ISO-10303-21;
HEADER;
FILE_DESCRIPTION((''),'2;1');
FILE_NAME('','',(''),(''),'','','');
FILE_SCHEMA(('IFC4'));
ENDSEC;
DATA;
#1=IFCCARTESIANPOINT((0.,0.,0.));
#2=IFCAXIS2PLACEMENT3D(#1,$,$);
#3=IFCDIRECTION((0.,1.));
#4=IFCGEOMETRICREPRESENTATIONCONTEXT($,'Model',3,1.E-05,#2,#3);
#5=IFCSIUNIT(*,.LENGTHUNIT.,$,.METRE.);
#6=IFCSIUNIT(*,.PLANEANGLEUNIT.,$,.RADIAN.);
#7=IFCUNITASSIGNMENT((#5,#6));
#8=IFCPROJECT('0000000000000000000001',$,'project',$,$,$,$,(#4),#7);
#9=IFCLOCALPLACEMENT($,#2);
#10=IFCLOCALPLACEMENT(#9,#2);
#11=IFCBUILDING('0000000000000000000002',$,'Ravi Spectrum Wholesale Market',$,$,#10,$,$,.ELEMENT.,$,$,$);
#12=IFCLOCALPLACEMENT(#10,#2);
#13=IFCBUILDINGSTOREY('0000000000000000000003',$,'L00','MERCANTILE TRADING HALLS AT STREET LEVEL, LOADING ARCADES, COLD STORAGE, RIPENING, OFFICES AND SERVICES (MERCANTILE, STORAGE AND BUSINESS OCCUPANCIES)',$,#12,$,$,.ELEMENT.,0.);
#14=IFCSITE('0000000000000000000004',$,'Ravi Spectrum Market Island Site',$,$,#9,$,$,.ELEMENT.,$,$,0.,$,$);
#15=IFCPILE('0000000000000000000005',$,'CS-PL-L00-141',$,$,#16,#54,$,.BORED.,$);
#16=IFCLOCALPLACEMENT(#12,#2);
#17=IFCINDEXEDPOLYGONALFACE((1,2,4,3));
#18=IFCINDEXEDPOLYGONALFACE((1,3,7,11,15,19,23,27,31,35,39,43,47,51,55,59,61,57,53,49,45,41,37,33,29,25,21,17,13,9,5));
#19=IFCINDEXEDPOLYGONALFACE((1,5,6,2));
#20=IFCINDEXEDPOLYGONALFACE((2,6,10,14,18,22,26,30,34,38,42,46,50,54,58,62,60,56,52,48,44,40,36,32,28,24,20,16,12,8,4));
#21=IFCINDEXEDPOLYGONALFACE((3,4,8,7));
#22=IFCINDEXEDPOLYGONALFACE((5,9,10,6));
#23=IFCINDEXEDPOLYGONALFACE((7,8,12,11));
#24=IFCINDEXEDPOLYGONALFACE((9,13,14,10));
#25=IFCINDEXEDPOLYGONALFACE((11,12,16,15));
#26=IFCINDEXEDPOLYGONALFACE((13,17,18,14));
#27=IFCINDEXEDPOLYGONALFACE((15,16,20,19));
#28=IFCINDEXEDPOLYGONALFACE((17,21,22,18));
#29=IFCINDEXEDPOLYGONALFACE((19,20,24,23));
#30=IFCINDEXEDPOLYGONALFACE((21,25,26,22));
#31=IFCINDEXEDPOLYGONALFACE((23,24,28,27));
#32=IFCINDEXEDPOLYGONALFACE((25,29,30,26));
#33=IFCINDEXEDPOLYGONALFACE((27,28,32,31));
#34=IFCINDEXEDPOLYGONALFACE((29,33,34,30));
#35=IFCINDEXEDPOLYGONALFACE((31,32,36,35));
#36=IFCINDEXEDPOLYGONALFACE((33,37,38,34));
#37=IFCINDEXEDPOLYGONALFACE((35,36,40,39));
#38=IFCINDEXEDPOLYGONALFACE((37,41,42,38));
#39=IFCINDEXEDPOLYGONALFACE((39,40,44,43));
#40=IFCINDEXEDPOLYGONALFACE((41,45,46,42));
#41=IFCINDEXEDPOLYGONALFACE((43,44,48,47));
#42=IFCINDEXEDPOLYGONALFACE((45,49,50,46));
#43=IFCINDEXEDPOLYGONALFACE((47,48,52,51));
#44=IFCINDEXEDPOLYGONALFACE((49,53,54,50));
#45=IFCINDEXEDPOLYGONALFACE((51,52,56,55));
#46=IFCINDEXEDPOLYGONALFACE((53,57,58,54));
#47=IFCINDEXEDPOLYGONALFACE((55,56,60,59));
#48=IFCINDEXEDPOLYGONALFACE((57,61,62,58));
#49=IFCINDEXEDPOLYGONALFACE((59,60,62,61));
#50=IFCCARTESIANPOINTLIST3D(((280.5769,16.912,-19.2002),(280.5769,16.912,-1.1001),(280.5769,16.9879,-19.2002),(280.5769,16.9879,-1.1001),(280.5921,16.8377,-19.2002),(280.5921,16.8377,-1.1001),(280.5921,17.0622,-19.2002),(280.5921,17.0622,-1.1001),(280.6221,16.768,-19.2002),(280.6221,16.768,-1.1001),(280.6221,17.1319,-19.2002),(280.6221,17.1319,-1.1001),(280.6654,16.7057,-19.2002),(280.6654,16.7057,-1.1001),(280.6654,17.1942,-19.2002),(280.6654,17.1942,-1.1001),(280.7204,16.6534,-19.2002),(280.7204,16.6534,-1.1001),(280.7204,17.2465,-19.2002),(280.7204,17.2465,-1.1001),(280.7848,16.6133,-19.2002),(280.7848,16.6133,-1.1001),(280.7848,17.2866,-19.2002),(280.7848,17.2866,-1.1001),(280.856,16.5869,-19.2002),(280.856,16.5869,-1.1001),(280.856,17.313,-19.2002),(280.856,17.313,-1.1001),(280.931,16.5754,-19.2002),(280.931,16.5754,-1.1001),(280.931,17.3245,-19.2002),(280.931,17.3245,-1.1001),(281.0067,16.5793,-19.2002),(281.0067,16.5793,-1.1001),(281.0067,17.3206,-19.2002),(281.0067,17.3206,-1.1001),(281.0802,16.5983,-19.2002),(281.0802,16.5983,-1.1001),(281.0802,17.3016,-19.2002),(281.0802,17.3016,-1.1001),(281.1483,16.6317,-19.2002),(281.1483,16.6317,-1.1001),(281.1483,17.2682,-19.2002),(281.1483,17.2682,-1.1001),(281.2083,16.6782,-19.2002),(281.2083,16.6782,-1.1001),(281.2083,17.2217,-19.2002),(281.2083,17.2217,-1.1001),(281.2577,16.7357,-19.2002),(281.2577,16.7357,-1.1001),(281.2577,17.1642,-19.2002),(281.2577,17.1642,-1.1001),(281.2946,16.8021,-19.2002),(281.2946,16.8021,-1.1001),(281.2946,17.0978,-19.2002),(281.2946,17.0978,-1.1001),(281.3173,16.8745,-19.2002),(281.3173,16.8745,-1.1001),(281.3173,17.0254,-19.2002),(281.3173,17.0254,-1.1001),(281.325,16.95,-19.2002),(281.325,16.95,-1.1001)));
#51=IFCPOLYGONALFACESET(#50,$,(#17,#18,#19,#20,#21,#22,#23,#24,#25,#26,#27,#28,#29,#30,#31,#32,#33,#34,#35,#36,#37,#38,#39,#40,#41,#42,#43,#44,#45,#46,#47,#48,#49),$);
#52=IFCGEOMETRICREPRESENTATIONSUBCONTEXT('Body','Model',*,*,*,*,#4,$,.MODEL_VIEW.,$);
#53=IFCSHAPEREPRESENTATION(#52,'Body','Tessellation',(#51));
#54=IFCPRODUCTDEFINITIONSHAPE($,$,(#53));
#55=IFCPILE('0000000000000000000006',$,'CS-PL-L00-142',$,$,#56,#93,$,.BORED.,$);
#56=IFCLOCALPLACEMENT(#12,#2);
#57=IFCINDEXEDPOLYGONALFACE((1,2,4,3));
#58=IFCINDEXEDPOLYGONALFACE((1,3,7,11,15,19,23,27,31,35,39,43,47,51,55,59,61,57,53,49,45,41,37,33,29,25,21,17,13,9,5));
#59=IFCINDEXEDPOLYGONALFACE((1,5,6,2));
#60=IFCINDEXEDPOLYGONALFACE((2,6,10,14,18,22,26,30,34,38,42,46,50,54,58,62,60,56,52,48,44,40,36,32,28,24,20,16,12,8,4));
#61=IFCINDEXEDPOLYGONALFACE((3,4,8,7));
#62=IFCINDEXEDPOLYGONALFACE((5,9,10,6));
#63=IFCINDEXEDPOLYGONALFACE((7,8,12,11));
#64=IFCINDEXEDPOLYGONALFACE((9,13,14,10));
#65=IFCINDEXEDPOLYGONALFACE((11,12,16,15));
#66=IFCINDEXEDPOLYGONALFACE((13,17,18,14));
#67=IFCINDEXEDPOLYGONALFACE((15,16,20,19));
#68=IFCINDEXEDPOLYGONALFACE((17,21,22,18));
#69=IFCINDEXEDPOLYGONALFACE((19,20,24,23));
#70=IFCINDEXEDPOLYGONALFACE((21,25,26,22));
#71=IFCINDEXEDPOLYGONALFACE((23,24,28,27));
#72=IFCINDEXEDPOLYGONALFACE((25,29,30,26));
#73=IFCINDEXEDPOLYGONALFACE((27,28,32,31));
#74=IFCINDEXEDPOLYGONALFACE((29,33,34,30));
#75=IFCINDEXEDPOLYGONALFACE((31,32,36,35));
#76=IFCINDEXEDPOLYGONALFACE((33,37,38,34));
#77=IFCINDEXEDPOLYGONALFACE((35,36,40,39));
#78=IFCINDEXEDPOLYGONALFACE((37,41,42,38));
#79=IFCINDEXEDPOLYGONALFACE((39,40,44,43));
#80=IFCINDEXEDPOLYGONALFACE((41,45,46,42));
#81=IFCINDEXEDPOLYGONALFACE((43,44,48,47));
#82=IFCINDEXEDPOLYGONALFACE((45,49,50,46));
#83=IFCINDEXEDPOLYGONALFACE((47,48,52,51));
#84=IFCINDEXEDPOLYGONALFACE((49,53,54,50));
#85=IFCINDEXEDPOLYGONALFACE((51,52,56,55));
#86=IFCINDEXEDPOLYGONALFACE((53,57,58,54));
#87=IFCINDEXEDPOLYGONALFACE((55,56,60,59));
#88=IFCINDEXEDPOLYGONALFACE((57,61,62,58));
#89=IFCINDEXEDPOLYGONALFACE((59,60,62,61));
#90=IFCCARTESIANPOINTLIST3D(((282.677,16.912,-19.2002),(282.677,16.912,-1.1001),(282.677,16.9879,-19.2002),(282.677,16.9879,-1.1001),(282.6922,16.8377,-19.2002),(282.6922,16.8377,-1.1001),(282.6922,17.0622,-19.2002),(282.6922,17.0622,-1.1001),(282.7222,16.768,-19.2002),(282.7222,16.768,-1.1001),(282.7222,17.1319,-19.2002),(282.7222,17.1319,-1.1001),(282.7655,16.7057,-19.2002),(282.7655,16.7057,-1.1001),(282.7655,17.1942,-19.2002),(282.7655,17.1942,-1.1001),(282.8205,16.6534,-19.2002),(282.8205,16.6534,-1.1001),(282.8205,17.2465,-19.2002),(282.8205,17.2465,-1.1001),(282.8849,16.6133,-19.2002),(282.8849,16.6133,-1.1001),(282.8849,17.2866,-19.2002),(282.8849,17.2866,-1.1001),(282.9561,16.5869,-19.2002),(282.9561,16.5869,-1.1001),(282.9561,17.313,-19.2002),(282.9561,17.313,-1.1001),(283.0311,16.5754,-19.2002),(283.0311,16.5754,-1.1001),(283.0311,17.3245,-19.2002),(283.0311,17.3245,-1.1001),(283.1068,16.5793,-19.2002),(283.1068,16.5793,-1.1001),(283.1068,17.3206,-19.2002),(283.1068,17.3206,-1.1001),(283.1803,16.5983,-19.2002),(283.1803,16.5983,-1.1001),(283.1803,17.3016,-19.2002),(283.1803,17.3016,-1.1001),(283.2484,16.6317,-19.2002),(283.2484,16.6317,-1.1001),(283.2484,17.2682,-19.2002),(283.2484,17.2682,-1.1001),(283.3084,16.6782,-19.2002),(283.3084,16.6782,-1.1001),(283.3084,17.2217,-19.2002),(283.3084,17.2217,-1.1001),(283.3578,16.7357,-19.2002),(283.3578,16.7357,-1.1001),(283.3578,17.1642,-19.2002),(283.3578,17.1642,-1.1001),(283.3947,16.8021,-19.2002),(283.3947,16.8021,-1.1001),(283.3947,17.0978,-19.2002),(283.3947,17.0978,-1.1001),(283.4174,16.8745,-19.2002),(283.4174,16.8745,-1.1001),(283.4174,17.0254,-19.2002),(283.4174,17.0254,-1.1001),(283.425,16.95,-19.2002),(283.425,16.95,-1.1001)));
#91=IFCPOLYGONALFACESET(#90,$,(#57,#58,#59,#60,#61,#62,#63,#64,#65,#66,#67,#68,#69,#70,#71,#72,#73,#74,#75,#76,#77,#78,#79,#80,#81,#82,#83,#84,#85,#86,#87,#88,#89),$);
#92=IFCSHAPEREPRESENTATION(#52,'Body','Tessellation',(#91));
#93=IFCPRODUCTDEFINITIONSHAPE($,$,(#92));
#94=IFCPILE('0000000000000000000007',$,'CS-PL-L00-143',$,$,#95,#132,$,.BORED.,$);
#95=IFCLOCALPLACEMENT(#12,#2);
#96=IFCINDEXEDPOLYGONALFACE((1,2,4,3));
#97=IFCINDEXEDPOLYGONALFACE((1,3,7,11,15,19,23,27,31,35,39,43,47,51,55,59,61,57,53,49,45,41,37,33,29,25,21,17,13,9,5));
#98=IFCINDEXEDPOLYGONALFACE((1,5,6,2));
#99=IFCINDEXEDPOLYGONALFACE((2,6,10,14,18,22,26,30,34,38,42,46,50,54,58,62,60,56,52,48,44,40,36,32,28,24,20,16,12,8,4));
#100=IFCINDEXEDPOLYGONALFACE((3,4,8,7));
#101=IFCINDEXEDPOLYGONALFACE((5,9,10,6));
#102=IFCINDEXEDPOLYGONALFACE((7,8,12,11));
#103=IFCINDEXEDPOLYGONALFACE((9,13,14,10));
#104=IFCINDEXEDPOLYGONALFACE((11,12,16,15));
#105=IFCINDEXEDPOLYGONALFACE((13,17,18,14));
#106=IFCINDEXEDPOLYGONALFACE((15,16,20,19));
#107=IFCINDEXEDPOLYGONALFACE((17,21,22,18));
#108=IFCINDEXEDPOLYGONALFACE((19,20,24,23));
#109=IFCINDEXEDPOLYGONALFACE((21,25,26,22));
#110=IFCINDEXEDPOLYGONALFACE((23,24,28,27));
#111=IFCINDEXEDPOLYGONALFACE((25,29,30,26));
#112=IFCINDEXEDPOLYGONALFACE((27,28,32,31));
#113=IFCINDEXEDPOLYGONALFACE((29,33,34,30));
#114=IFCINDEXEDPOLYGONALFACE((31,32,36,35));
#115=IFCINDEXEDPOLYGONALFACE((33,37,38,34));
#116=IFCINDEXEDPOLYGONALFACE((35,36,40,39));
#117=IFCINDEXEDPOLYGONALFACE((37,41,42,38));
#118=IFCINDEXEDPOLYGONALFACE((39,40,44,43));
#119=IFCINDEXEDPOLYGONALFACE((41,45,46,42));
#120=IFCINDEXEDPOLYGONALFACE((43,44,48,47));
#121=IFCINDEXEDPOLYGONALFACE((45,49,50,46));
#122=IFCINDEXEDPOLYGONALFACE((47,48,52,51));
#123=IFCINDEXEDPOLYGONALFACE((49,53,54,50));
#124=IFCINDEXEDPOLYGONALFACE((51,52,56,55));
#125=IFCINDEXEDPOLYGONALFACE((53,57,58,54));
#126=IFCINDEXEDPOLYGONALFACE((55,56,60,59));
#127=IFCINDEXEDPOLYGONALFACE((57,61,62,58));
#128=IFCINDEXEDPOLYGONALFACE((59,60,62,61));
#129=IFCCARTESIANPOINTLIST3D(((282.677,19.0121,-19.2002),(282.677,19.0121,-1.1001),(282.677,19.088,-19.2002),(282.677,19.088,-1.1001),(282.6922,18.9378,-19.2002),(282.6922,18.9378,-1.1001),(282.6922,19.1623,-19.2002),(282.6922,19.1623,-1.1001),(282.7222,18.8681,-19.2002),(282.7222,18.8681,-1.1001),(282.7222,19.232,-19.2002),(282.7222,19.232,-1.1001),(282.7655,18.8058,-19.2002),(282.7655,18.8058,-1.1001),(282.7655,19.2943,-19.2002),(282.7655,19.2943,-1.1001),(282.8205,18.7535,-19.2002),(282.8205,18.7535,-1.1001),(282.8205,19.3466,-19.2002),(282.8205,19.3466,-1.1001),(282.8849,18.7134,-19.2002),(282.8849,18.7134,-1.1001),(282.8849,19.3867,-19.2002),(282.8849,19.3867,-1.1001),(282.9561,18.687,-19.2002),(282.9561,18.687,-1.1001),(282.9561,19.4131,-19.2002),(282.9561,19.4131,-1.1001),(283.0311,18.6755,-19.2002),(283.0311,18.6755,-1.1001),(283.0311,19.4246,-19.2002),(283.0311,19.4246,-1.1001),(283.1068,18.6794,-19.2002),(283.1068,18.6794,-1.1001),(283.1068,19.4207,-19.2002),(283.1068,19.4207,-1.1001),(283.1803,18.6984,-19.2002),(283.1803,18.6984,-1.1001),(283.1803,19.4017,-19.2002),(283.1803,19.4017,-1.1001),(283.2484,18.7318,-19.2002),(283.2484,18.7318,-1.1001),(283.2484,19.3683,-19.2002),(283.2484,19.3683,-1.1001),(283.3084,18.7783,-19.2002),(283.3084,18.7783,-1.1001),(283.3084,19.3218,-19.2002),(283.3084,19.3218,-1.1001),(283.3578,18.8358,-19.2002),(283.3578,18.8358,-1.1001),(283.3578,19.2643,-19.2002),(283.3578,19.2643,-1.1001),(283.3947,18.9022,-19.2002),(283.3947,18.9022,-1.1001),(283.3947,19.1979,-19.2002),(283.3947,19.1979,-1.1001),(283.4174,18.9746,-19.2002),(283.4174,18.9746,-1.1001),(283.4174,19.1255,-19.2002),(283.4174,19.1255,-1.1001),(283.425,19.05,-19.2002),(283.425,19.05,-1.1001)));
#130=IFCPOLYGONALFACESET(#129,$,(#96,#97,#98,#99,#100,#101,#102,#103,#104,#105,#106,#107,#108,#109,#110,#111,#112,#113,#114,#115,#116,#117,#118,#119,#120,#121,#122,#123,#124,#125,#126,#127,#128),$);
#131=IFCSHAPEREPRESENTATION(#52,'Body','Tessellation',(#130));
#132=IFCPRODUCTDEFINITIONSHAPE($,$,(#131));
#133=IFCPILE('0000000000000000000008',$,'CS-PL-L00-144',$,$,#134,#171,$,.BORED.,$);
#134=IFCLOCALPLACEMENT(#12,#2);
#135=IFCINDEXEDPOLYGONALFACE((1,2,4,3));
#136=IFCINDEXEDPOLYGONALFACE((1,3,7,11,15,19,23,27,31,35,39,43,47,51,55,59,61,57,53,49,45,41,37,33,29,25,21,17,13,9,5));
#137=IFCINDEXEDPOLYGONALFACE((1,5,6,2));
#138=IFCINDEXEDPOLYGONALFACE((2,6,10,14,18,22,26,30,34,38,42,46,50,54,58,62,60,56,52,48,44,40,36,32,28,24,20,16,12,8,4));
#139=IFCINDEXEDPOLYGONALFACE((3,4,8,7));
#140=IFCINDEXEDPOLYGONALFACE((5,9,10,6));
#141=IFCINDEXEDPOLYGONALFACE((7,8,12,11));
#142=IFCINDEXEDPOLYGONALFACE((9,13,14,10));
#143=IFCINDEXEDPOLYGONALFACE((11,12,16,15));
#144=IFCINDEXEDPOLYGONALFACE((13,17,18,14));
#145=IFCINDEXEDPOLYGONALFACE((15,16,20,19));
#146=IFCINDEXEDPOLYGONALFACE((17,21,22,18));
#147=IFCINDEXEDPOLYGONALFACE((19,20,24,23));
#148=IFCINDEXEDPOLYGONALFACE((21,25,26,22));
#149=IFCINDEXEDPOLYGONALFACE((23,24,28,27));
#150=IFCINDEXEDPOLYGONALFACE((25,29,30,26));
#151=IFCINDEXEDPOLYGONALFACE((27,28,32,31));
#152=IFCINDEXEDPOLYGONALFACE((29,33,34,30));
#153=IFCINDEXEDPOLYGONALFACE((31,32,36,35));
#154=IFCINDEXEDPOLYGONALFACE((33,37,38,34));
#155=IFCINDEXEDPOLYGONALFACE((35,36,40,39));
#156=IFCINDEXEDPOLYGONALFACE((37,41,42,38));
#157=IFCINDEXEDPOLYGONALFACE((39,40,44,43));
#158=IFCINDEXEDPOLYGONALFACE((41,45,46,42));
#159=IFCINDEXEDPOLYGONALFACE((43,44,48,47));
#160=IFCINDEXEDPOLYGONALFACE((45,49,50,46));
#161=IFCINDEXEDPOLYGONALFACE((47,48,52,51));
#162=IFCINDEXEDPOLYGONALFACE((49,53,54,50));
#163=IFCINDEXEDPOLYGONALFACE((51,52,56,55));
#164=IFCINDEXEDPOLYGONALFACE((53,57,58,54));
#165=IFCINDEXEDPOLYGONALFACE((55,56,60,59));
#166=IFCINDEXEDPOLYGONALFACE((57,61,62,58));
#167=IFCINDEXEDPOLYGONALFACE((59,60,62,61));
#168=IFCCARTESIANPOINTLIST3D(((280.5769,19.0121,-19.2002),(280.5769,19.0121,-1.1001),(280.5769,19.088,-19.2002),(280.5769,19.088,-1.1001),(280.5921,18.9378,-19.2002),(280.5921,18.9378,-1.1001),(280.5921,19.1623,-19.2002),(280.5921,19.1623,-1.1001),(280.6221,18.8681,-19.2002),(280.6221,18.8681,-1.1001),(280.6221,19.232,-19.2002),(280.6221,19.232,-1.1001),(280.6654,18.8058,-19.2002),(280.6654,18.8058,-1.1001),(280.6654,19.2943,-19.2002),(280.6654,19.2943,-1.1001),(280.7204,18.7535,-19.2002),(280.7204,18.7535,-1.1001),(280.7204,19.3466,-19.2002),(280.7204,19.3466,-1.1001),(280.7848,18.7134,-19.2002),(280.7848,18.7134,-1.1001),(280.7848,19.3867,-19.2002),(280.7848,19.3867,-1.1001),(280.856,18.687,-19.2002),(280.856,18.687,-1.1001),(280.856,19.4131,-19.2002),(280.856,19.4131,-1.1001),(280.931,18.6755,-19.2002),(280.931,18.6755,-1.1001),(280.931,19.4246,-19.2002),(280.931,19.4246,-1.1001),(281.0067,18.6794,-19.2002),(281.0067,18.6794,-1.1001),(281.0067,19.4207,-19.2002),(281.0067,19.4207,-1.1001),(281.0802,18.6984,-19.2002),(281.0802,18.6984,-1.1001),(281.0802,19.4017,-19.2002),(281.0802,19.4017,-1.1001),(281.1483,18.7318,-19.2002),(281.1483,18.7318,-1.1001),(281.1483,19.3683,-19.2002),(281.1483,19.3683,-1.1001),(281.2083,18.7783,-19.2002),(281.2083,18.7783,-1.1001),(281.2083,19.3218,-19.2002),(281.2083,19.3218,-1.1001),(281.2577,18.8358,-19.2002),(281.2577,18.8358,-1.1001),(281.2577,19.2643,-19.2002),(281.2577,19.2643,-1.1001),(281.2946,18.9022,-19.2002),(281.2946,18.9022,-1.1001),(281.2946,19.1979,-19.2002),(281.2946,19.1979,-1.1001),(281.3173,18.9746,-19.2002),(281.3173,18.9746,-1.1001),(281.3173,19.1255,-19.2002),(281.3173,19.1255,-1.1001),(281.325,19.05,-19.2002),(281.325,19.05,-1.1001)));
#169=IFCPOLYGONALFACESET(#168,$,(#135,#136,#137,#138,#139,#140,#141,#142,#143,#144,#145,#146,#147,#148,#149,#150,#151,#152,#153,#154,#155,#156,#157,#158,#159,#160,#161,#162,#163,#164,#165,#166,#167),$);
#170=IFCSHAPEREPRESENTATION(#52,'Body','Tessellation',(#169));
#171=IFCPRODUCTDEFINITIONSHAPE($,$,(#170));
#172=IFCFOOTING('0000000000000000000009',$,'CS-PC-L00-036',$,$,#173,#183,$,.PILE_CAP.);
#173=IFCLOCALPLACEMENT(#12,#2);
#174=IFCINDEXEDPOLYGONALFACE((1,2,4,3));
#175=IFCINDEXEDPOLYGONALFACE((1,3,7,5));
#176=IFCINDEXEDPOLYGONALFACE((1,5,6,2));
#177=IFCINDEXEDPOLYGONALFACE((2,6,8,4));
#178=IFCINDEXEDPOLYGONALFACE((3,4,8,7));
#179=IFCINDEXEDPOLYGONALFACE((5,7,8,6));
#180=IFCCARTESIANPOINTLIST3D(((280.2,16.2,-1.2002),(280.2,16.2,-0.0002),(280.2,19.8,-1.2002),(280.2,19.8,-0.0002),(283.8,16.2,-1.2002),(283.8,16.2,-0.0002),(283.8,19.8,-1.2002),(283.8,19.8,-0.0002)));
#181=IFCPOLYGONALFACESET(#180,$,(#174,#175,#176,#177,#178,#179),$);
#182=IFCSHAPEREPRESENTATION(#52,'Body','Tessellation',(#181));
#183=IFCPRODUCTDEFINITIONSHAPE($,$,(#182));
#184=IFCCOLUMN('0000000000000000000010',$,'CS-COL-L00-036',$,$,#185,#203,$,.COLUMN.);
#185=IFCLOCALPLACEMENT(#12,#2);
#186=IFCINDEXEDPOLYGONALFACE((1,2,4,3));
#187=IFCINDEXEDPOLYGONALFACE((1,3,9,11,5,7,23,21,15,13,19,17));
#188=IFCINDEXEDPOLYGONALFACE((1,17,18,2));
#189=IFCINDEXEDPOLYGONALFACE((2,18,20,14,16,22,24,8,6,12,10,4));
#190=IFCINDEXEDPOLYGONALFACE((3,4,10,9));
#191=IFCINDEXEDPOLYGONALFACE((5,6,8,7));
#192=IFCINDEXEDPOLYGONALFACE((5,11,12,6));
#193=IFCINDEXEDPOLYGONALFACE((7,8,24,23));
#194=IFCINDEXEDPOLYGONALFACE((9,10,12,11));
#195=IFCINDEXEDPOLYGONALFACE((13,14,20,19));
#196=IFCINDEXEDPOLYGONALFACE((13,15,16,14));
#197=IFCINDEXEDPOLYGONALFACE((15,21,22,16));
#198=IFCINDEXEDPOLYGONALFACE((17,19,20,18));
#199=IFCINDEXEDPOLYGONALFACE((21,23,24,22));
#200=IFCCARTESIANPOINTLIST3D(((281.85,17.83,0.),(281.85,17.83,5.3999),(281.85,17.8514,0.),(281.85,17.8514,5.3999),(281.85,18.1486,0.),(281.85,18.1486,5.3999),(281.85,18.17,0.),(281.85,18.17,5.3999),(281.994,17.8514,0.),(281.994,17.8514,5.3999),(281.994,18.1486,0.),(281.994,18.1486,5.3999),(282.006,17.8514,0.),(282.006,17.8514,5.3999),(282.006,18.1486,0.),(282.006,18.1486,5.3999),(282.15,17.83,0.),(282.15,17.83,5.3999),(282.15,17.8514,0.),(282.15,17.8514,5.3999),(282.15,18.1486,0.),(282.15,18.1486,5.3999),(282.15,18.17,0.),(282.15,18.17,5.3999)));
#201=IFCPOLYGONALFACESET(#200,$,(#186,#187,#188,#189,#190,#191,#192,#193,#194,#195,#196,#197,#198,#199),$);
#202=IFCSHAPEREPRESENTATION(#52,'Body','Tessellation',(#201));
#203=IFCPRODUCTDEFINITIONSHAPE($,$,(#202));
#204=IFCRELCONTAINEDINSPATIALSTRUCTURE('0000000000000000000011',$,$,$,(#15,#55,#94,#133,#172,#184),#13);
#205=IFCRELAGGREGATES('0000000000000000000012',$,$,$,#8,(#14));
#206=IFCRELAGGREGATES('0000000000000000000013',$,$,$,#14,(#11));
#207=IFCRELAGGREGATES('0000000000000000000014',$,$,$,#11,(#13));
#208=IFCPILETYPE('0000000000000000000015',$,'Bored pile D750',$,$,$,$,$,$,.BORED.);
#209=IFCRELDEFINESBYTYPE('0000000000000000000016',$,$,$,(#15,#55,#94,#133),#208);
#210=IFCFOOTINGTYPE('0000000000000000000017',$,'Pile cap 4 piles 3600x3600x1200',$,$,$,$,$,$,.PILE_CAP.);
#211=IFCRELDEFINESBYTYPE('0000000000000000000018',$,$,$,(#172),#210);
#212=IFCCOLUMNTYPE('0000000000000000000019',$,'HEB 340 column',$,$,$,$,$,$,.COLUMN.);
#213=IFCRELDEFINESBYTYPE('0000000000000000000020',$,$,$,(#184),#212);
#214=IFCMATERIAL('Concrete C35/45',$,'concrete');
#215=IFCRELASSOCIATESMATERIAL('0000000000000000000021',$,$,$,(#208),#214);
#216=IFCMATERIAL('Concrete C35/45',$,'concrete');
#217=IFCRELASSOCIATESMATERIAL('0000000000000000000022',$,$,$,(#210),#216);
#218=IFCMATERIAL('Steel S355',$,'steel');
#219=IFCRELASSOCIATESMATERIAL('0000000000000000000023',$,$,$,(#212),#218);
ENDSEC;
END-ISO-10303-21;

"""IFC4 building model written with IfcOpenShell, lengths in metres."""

from ifc_helpers import new_model, si_unit, direction, frame, origin, origin_2d, place, context, subcontext, project, spatial, rectangle, circle, i_section, extrude, material, material_profile, profile_set, type_object, element, save


model = new_model("IFC4")

# Units and contexts
model_context = context("Model", 3, precision=1e-05, world=origin(), true_north=direction((0.0, 1.0)))
body_context = subcontext(model_context, "Body", "Model", "MODEL_VIEW")
ifc_project = project(units=[si_unit("LENGTHUNIT", "METRE"), si_unit("PLANEANGLEUNIT", "RADIAN")], contexts=[model_context])

# Site, building, storey
site_placement = place(None, origin())
site = spatial("IfcSite", under=ifc_project, at=site_placement, Name="Ravi Spectrum Market Island Site", CompositionType="ELEMENT", RefElevation=0.0)
building_placement = place(site_placement, origin())
building = spatial("IfcBuilding", under=site, at=building_placement, Name="Ravi Spectrum Wholesale Market", CompositionType="ELEMENT")
storey_placement = place(building_placement, origin())
storey = spatial("IfcBuildingStorey", under=building, at=storey_placement, Name="L00", Description="MERCANTILE TRADING HALLS AT STREET LEVEL, LOADING ARCADES, COLD STORAGE, RIPENING, OFFICES AND SERVICES (MERCANTILE, STORAGE AND BUSINESS OCCUPANCIES)", CompositionType="ELEMENT", Elevation=0.0)

# Piles
ifc_material_1 = material(Name="Concrete C35/45", Category="concrete")
ifc_material_profile_1 = material_profile(ifc_material_1, circle(Radius=0.375, at=origin_2d()))
ifc_profile_set_1 = profile_set([ifc_material_profile_1], Name="Concrete C35/45")
pile_type = type_object("IfcPileType", Name="Bored pile D750", PredefinedType="BORED", material=ifc_profile_set_1)
for number, where, z_axis, x_axis, name in (
    (1, (280.95, 16.95, -1.1001), (0.0, 0.0, -1.0), (1.0, 0.0, 0.0), "CS-PL-L00-141"),
    (2, (283.05, 16.95, -1.1001), (0.0, 0.0, -1.0), (1.0, 0.0, 0.0), "CS-PL-L00-142"),
    (3, (283.05, 19.05, -1.1001), (0.0, 0.0, -1.0), (1.0, 0.0, 0.0), "CS-PL-L00-143"),
    (4, (280.95, 19.05, -1.1001), (0.0, 0.0, -1.0), (1.0, 0.0, 0.0), "CS-PL-L00-144"),
):
    element("IfcPile", number, at=place(storey_placement, frame(where, z_axis=z_axis, x_axis=x_axis)), inside=storey, type_object=pile_type, Name=name, PredefinedType="BORED", context=body_context, shape_type="SweptSolid", body=[
        extrude(circle(Radius=0.375, at=origin_2d()), origin(), (0.0, 0.0, 1.0), 18.1001),
    ])

# Footing
ifc_material_2 = material(Name="Concrete C35/45", Category="concrete")
footing_type = type_object("IfcFootingType", Name="Pile cap 4 piles 3600x3600x1200", PredefinedType="PILE_CAP", material=ifc_material_2)
footing_placement = place(storey_placement, frame((282.0, 18.0, -1.2002), z_axis=(0.0, 0.0, 1.0), x_axis=(1.0, 0.0, 0.0)))
element("IfcFooting", 5, at=footing_placement, inside=storey, type_object=footing_type, Name="CS-PC-L00-036", PredefinedType="PILE_CAP", context=body_context, shape_type="SweptSolid", body=[
    extrude(rectangle(XDim=3.6001, YDim=3.6001, at=origin_2d()), origin(), (0.0, 0.0, 1.0), 1.2),
])

# Column
ifc_material_3 = material(Name="Steel S355", Category="steel")
ifc_material_profile_2 = material_profile(ifc_material_3, i_section(OverallWidth=0.3, OverallDepth=0.3401, WebThickness=0.012, FlangeThickness=0.0215, at=origin_2d()))
ifc_profile_set_2 = profile_set([ifc_material_profile_2], Name="Steel S355")
column_type = type_object("IfcColumnType", Name="HEB 340 column", PredefinedType="COLUMN", material=ifc_profile_set_2)
column_placement = place(storey_placement, frame((282.0, 18.0, 0.0), z_axis=(0.0, 0.0, 1.0), x_axis=(1.0, 0.0, 0.0)))
element("IfcColumn", 6, at=column_placement, inside=storey, type_object=column_type, Name="CS-COL-L00-036", PredefinedType="COLUMN", context=body_context, shape_type="SweptSolid", body=[
    extrude(i_section(OverallWidth=0.3, OverallDepth=0.3401, WebThickness=0.012, FlangeThickness=0.0215, at=origin_2d()), origin(), (0.0, 0.0, 1.0), 5.3999),
])

save(model, "model.ifc")
